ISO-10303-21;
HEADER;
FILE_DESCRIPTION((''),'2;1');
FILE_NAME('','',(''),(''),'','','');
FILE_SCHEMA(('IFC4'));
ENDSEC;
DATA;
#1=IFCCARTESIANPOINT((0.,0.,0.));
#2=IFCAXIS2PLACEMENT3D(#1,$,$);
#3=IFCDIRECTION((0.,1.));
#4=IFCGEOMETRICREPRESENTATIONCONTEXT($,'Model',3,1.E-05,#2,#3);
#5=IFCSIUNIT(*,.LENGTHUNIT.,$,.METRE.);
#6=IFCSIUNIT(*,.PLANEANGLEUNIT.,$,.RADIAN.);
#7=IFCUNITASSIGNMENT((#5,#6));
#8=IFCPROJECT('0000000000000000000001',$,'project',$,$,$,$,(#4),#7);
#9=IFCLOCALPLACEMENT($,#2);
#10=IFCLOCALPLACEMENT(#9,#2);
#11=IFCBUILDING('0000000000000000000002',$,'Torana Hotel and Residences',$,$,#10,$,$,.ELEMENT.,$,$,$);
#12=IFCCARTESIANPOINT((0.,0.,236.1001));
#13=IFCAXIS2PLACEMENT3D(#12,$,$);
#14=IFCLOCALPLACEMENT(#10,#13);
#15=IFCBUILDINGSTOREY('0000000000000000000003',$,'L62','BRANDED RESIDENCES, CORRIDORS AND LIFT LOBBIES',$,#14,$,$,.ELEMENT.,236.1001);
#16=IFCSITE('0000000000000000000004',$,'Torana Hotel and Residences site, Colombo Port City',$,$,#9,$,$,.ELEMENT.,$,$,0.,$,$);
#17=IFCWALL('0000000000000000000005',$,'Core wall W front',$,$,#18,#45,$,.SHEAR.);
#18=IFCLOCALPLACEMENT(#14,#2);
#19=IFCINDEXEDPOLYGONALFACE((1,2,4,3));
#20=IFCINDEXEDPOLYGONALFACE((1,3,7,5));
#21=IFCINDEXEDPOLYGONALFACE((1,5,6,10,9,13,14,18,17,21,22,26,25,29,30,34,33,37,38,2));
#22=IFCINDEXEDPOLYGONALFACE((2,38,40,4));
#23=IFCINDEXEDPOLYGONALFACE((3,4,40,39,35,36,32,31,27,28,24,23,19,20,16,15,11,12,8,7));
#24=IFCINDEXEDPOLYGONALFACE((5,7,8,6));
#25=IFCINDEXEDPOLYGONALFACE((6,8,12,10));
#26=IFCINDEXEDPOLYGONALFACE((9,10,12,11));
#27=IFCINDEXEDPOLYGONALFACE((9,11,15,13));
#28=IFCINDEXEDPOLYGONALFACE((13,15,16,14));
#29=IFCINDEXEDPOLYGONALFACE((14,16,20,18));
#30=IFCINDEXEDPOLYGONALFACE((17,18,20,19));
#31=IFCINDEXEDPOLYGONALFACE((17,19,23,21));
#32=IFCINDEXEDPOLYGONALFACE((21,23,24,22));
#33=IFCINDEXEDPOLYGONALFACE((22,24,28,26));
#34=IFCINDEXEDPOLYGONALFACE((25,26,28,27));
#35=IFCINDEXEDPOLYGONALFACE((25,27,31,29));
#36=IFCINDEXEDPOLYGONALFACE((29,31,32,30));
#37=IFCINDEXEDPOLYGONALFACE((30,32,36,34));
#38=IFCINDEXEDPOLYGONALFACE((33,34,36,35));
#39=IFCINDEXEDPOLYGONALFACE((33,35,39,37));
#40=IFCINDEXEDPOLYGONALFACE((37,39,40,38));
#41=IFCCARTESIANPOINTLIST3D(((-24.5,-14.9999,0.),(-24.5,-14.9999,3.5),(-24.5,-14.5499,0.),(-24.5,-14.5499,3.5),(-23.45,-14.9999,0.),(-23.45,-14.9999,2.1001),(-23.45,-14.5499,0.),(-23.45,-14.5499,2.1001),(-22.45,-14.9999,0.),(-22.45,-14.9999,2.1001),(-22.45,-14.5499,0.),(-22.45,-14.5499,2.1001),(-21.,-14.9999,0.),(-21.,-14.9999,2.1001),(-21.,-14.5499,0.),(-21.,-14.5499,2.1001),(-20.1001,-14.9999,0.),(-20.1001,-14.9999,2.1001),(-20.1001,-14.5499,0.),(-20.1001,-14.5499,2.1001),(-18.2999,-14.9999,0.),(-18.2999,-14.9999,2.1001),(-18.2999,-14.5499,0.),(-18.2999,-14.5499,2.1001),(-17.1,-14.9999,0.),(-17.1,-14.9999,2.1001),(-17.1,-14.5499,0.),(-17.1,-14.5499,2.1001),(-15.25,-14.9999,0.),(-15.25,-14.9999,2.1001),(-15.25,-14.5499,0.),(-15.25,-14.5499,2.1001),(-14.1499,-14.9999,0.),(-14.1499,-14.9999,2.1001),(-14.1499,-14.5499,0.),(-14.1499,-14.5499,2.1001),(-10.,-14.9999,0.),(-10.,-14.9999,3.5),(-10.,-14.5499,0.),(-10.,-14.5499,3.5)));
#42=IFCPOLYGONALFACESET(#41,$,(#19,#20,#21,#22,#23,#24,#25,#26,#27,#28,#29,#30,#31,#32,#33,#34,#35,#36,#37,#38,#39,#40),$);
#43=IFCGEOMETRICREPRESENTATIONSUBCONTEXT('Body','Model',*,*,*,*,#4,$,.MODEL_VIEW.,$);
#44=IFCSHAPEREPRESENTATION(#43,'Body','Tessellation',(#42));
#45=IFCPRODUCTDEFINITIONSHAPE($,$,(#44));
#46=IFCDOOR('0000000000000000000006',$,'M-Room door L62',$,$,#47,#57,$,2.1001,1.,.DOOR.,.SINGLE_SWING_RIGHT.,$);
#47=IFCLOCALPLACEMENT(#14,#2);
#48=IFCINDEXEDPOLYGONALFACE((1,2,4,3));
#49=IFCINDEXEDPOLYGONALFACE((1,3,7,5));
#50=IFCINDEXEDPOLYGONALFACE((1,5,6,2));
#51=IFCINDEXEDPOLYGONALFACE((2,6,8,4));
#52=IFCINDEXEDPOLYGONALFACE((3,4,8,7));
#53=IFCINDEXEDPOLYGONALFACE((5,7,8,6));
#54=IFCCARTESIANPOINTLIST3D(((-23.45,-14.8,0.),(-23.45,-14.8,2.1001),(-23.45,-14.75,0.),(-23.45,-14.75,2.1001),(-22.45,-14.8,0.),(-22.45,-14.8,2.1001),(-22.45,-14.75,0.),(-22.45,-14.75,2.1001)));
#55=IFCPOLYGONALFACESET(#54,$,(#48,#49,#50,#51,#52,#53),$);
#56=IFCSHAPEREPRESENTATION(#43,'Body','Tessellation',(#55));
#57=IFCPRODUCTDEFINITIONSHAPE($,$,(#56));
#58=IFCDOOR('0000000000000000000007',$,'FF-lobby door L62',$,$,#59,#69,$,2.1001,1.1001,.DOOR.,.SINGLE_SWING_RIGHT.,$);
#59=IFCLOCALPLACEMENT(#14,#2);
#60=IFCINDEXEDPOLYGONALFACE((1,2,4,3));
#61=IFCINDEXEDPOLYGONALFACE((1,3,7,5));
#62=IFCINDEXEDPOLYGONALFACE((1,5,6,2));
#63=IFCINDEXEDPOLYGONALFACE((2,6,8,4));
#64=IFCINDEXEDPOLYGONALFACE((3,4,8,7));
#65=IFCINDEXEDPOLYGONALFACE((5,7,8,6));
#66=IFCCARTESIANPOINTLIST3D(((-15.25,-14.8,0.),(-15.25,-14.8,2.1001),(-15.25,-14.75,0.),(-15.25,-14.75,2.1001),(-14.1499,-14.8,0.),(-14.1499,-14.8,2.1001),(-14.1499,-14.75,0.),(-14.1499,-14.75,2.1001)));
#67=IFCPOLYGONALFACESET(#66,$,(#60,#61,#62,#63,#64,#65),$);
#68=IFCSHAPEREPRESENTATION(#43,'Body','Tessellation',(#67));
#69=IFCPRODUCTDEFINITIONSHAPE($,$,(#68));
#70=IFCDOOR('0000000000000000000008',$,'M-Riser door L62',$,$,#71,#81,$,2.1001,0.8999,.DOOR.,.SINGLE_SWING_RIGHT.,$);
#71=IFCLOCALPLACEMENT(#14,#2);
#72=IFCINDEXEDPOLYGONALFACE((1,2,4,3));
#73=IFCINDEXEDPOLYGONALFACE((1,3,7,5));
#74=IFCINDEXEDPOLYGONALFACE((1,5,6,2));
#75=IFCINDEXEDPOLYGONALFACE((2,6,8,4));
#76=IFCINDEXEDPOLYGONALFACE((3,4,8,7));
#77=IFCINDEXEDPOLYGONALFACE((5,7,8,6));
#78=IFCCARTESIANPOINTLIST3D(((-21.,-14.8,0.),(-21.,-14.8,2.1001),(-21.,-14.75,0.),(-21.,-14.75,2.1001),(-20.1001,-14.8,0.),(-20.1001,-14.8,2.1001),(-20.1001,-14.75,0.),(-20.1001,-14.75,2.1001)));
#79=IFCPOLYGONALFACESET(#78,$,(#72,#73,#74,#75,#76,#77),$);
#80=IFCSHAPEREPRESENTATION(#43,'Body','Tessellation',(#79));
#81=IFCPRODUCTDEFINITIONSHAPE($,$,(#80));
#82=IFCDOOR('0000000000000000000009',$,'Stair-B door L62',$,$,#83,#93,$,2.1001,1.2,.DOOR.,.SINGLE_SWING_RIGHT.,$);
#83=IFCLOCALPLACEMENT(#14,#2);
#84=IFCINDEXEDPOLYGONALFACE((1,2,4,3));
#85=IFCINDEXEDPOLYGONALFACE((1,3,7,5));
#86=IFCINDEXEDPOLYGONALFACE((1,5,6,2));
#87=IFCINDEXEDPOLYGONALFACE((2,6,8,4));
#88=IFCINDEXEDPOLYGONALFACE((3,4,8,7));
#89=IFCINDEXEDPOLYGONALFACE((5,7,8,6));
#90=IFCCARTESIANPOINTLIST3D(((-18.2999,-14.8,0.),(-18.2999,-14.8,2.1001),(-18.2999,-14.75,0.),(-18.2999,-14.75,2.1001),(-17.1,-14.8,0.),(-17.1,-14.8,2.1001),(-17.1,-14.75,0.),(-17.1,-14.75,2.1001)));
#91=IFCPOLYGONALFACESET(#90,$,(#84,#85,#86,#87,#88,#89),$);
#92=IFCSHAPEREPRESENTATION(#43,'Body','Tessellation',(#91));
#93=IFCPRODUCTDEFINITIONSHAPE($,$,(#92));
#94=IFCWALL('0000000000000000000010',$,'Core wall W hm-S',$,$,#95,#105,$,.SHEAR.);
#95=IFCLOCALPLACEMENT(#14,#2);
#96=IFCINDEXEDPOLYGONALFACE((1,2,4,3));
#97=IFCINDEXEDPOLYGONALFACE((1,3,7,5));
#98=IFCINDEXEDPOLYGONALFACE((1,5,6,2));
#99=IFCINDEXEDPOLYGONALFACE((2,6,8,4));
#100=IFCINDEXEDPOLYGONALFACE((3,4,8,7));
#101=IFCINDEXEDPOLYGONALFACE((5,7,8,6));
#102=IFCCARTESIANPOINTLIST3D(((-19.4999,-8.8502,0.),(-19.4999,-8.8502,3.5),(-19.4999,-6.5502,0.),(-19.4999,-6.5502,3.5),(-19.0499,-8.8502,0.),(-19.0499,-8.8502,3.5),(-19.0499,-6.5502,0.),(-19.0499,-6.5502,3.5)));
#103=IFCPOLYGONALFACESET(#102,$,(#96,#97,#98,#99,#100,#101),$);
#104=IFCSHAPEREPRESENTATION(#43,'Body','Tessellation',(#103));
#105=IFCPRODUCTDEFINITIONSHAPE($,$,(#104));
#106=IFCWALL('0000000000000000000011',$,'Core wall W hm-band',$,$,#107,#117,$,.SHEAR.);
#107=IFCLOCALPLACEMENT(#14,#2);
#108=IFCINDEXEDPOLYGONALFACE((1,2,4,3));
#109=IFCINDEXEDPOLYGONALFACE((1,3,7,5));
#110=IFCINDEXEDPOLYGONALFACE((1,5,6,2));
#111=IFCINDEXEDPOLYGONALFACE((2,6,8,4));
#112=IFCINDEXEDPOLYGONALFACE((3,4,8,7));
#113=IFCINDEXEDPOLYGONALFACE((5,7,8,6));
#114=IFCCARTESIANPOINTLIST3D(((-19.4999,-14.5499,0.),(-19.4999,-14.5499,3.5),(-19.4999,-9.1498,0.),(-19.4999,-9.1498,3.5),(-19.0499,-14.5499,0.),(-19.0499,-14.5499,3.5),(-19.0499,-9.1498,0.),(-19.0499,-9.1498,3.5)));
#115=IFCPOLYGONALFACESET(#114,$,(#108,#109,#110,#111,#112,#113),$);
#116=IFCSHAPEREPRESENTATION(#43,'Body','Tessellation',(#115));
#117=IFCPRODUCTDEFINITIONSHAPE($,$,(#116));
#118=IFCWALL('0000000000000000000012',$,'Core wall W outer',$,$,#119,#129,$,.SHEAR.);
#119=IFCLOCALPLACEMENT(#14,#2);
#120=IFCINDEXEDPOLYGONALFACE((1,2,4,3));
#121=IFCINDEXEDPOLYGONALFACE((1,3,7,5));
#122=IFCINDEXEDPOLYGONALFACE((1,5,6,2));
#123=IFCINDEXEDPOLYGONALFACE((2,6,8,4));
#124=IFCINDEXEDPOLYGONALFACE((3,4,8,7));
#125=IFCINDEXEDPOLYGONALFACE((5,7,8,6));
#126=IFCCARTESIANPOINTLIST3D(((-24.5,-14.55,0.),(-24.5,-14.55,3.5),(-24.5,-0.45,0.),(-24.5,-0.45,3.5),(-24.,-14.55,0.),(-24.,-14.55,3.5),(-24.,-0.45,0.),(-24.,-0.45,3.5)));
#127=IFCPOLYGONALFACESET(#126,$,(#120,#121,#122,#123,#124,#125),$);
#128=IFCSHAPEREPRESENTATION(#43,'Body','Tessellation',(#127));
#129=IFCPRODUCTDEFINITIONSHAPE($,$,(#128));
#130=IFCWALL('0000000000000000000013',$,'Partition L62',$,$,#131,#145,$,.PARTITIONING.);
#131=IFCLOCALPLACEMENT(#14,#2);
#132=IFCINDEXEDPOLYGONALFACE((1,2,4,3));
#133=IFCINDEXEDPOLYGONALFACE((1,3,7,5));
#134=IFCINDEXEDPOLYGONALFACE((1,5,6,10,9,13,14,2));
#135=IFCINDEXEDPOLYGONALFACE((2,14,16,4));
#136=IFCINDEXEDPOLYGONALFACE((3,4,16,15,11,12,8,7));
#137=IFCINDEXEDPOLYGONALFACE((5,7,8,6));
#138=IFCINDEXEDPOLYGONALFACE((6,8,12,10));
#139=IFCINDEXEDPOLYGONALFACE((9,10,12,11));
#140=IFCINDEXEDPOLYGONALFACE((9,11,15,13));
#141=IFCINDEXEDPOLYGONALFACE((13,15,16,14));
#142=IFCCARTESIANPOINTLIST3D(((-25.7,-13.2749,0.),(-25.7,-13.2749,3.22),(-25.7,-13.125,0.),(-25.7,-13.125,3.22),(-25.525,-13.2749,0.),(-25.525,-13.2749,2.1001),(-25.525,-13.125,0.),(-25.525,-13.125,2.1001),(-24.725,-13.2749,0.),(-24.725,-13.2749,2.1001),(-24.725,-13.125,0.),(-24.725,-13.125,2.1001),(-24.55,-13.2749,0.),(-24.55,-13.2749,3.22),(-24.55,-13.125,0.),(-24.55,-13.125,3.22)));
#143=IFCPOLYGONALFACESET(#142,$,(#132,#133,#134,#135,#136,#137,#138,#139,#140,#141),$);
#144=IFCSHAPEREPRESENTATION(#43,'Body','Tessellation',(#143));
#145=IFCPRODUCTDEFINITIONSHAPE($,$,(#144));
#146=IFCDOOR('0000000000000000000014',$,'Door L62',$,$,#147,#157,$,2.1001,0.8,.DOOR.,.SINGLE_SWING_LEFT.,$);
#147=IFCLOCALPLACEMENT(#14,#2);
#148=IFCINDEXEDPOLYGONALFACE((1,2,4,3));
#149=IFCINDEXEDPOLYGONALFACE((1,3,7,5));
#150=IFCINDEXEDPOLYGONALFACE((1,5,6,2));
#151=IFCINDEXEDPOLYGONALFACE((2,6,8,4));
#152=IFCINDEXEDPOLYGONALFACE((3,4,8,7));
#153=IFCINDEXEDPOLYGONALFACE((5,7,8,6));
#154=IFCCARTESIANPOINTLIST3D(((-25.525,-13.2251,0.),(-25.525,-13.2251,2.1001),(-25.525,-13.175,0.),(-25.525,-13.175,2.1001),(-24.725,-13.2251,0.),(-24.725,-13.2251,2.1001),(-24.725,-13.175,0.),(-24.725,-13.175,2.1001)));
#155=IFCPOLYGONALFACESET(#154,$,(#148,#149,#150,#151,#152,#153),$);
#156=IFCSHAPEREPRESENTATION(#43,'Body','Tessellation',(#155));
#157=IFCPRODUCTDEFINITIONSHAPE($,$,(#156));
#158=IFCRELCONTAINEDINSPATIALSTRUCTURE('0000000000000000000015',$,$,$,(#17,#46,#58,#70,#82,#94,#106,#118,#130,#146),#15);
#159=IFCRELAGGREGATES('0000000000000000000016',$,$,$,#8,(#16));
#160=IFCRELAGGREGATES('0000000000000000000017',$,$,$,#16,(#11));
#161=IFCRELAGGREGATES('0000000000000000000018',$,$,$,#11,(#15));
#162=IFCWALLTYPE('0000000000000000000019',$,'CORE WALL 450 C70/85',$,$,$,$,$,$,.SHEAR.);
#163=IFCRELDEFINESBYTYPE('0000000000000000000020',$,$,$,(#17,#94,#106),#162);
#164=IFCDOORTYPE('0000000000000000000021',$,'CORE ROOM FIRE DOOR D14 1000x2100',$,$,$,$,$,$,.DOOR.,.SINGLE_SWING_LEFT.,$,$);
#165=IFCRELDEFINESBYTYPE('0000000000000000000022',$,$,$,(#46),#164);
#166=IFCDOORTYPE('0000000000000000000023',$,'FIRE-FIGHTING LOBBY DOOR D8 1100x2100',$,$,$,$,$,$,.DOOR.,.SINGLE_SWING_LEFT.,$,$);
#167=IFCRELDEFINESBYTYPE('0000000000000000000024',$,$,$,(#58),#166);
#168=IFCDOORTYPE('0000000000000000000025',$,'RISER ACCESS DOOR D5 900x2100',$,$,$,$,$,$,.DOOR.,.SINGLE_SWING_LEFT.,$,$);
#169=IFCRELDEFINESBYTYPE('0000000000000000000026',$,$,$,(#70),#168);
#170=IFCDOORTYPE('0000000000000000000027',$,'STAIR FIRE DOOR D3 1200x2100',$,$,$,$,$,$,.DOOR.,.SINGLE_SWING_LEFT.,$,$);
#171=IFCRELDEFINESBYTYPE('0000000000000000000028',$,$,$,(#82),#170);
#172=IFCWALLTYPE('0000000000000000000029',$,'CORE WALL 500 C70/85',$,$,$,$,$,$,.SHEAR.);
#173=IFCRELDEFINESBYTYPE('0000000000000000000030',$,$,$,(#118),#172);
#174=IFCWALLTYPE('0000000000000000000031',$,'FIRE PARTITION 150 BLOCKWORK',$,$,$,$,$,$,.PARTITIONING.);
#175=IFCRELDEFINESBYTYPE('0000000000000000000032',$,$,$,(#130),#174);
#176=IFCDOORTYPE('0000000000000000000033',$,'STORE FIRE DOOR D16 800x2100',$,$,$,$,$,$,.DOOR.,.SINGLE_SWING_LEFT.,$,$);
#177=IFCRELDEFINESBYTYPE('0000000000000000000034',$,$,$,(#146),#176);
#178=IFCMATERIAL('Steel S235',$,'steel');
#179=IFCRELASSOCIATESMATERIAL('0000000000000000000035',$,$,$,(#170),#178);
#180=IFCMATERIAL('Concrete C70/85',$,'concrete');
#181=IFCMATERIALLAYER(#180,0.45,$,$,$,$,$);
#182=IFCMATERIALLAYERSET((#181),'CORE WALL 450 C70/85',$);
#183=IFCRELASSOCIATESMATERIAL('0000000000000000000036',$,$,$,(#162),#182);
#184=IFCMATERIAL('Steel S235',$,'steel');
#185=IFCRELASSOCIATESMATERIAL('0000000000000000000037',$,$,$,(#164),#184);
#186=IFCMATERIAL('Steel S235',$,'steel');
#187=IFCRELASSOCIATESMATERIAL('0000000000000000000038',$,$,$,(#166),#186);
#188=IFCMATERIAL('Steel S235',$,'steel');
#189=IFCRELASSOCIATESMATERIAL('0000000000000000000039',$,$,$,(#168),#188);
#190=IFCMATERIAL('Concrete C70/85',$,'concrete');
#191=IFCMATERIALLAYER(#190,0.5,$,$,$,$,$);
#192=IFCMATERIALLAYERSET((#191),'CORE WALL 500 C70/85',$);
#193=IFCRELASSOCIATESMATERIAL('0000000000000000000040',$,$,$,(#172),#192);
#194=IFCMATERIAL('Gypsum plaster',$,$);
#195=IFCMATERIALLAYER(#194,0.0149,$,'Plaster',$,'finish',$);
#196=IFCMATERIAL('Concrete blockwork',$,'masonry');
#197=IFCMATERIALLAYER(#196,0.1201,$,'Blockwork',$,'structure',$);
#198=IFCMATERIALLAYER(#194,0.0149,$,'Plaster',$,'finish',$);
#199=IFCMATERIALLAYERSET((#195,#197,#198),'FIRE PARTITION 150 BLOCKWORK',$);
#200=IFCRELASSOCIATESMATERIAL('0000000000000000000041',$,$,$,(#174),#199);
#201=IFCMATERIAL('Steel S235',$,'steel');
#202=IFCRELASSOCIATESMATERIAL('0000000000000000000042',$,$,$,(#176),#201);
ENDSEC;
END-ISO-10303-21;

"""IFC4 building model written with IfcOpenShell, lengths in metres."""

from ifc_helpers import new_model, si_unit, direction, frame, frame_2d, origin, place, context, subcontext, project, spatial, rectangle, extrude, material, layer, layer_set, type_object, element, fill, save


model = new_model("IFC4")

# Units and contexts
model_context = context("Model", 3, precision=1e-05, world=origin(), true_north=direction((0.0, 1.0)))
body_context = subcontext(model_context, "Body", "Model", "MODEL_VIEW")
ifc_project = project(units=[si_unit("LENGTHUNIT", "METRE"), si_unit("PLANEANGLEUNIT", "RADIAN")], contexts=[model_context])

# Site, building, storey
site_placement = place(None, origin())
site = spatial("IfcSite", under=ifc_project, at=site_placement, Name="Torana Hotel and Residences site, Colombo Port City", CompositionType="ELEMENT", RefElevation=0.0)
building_placement = place(site_placement, origin())
building = spatial("IfcBuilding", under=site, at=building_placement, Name="Torana Hotel and Residences", CompositionType="ELEMENT")
storey_placement = place(building_placement, frame((0.0, 0.0, 236.1001)))
storey = spatial("IfcBuildingStorey", under=building, at=storey_placement, Name="L62", Description="BRANDED RESIDENCES, CORRIDORS AND LIFT LOBBIES", CompositionType="ELEMENT", Elevation=236.1001)

# Shared definitions
ifc_material_1 = material(Name="Steel S235", Category="steel")
door_type_1 = type_object("IfcDoorType", Name="STAIR FIRE DOOR D3 1200x2100", OperationType="SINGLE_SWING_LEFT", PredefinedType="DOOR", material=ifc_material_1)

# Wall, openings, doors
ifc_material_2 = material(Name="Concrete C70/85", Category="concrete")
ifc_layer_1 = layer(ifc_material_2, 0.45)
ifc_layer_set_1 = layer_set([ifc_layer_1], Name="CORE WALL 450 C70/85")
wall_type_1 = type_object("IfcWallType", Name="CORE WALL 450 C70/85", PredefinedType="SHEAR", material=ifc_layer_set_1)
wall_1_placement = place(storey_placement, frame((-24.5, -14.7749, 0.0), z_axis=(0.0, 0.0, 1.0), x_axis=(1.0, 0.0, 0.0)))
wall_1 = element("IfcWall", 1, at=wall_1_placement, inside=storey, type_object=wall_type_1, Name="Core wall W front", PredefinedType="SHEAR", context=body_context, shape_type="SweptSolid", body=[
    extrude(rectangle(XDim=14.5, YDim=0.45, at=frame_2d((7.25, 0.0))), origin(), (0.0, 0.0, 1.0), 3.5),
])
opening_1_placement = place(wall_1_placement, frame((6.2, 0.0, 0.0)))
opening_1 = element("IfcOpeningElement", 2, at=opening_1_placement, cuts=wall_1, PredefinedType="OPENING", context=body_context, shape_type="SweptSolid", body=[
    extrude(rectangle(XDim=1.2, YDim=2.1001, at=frame_2d((0.6001, 1.05))), frame((0.0, 0.2349, 0.0), z_axis=(0.0, -1.0, 0.0), x_axis=(1.0, 0.0, 0.0)), (0.0, 0.0, 1.0), 0.47),
])
opening_2_placement = place(wall_1_placement, frame((9.25, 0.0, 0.0)))
opening_2 = element("IfcOpeningElement", 3, at=opening_2_placement, cuts=wall_1, PredefinedType="OPENING", context=body_context, shape_type="SweptSolid", body=[
    extrude(rectangle(XDim=1.1001, YDim=2.1001, at=frame_2d((0.55, 1.05))), frame((0.0, 0.2349, 0.0), z_axis=(0.0, -1.0, 0.0), x_axis=(1.0, 0.0, 0.0)), (0.0, 0.0, 1.0), 0.47),
])
opening_3_placement = place(wall_1_placement, frame((3.5, 0.0, 0.0)))
opening_3 = element("IfcOpeningElement", 4, at=opening_3_placement, cuts=wall_1, PredefinedType="OPENING", context=body_context, shape_type="SweptSolid", body=[
    extrude(rectangle(XDim=0.8999, YDim=2.1001, at=frame_2d((0.45, 1.05))), frame((0.0, 0.2349, 0.0), z_axis=(0.0, -1.0, 0.0), x_axis=(1.0, 0.0, 0.0)), (0.0, 0.0, 1.0), 0.47),
])
opening_4_placement = place(wall_1_placement, frame((1.05, 0.0, 0.0)))
opening_4 = element("IfcOpeningElement", 5, at=opening_4_placement, cuts=wall_1, PredefinedType="OPENING", context=body_context, shape_type="SweptSolid", body=[
    extrude(rectangle(XDim=1.0, YDim=2.1001, at=frame_2d((0.5, 1.05))), frame((0.0, 0.2349, 0.0), z_axis=(0.0, -1.0, 0.0), x_axis=(1.0, 0.0, 0.0)), (0.0, 0.0, 1.0), 0.47),
])
ifc_material_3 = material(Name="Steel S235", Category="steel")
door_type_2 = type_object("IfcDoorType", Name="CORE ROOM FIRE DOOR D14 1000x2100", OperationType="SINGLE_SWING_LEFT", PredefinedType="DOOR", material=ifc_material_3)
door_1_placement = place(opening_4_placement, origin())
door_1 = element("IfcDoor", 6, at=door_1_placement, inside=storey, type_object=door_type_2, Name="M-Room door L62", OperationType="SINGLE_SWING_RIGHT", OverallHeight=2.1001, OverallWidth=1.0, PredefinedType="DOOR", context=body_context, shape_type="SweptSolid", body=[
    extrude(rectangle(XDim=1.0, YDim=2.1001, at=frame_2d((0.5, 1.05))), frame((0.0, 0.0249, 0.0), z_axis=(0.0, -1.0, 0.0), x_axis=(1.0, 0.0, 0.0)), (0.0, 0.0, 1.0), 0.05),
])
fill(opening_4, door_1)
ifc_material_4 = material(Name="Steel S235", Category="steel")
door_type_3 = type_object("IfcDoorType", Name="FIRE-FIGHTING LOBBY DOOR D8 1100x2100", OperationType="SINGLE_SWING_LEFT", PredefinedType="DOOR", material=ifc_material_4)
door_2_placement = place(opening_2_placement, origin())
door_2 = element("IfcDoor", 7, at=door_2_placement, inside=storey, type_object=door_type_3, Name="FF-lobby door L62", OperationType="SINGLE_SWING_RIGHT", OverallHeight=2.1001, OverallWidth=1.1001, PredefinedType="DOOR", context=body_context, shape_type="SweptSolid", body=[
    extrude(rectangle(XDim=1.1001, YDim=2.1001, at=frame_2d((0.55, 1.05))), frame((0.0, 0.0249, 0.0), z_axis=(0.0, -1.0, 0.0), x_axis=(1.0, 0.0, 0.0)), (0.0, 0.0, 1.0), 0.05),
])
fill(opening_2, door_2)
ifc_material_5 = material(Name="Steel S235", Category="steel")
door_type_4 = type_object("IfcDoorType", Name="RISER ACCESS DOOR D5 900x2100", OperationType="SINGLE_SWING_LEFT", PredefinedType="DOOR", material=ifc_material_5)
door_3_placement = place(opening_3_placement, origin())
door_3 = element("IfcDoor", 8, at=door_3_placement, inside=storey, type_object=door_type_4, Name="M-Riser door L62", OperationType="SINGLE_SWING_RIGHT", OverallHeight=2.1001, OverallWidth=0.8999, PredefinedType="DOOR", context=body_context, shape_type="SweptSolid", body=[
    extrude(rectangle(XDim=0.8999, YDim=2.1001, at=frame_2d((0.45, 1.05))), frame((0.0, 0.0249, 0.0), z_axis=(0.0, -1.0, 0.0), x_axis=(1.0, 0.0, 0.0)), (0.0, 0.0, 1.0), 0.05),
])
fill(opening_3, door_3)
door_4_placement = place(opening_1_placement, origin())
door_4 = element("IfcDoor", 9, at=door_4_placement, inside=storey, type_object=door_type_1, Name="Stair-B door L62", OperationType="SINGLE_SWING_RIGHT", OverallHeight=2.1001, OverallWidth=1.2, PredefinedType="DOOR", context=body_context, shape_type="SweptSolid", body=[
    extrude(rectangle(XDim=1.2, YDim=2.1001, at=frame_2d((0.6001, 1.05))), frame((0.0, 0.0249, 0.0), z_axis=(0.0, -1.0, 0.0), x_axis=(1.0, 0.0, 0.0)), (0.0, 0.0, 1.0), 0.05),
])
fill(opening_1, door_4)

# Walls
wall_2_placement = place(storey_placement, frame((-19.2749, -8.8501, 0.0), z_axis=(0.0, 0.0, 1.0), x_axis=(0.0, 1.0, 0.0)))
element("IfcWall", 10, at=wall_2_placement, inside=storey, type_object=wall_type_1, Name="Core wall W hm-S", PredefinedType="SHEAR", context=body_context, shape_type="SweptSolid", body=[
    extrude(rectangle(XDim=2.3, YDim=0.45, at=frame_2d((1.1499, 0.0))), origin(), (0.0, 0.0, 1.0), 3.5),
])
wall_3_placement = place(storey_placement, frame((-19.2749, -14.55, 0.0), z_axis=(0.0, 0.0, 1.0), x_axis=(0.0, 1.0, 0.0)))
element("IfcWall", 11, at=wall_3_placement, inside=storey, type_object=wall_type_1, Name="Core wall W hm-band", PredefinedType="SHEAR", context=body_context, shape_type="SweptSolid", body=[
    extrude(rectangle(XDim=5.4001, YDim=0.45, at=frame_2d((2.7002, 0.0))), origin(), (0.0, 0.0, 1.0), 3.5),
])
ifc_material_6 = material(Name="Concrete C70/85", Category="concrete")
ifc_layer_2 = layer(ifc_material_6, 0.5)
ifc_layer_set_2 = layer_set([ifc_layer_2], Name="CORE WALL 500 C70/85")
wall_type_2 = type_object("IfcWallType", Name="CORE WALL 500 C70/85", PredefinedType="SHEAR", material=ifc_layer_set_2)
wall_4_placement = place(storey_placement, frame((-24.25, -14.55, 0.0), z_axis=(0.0, 0.0, 1.0), x_axis=(0.0, 1.0, 0.0)))
element("IfcWall", 12, at=wall_4_placement, inside=storey, type_object=wall_type_2, Name="Core wall W outer", PredefinedType="SHEAR", context=body_context, shape_type="SweptSolid", body=[
    extrude(rectangle(XDim=14.1001, YDim=0.5, at=frame_2d((7.05, 0.0))), origin(), (0.0, 0.0, 1.0), 3.5),
])

# Wall, opening, door
ifc_material_7 = material(Name="Gypsum plaster")
ifc_layer_3 = layer(ifc_material_7, 0.0149, Name="Plaster", Category="finish")
ifc_material_8 = material(Name="Concrete blockwork", Category="masonry")
ifc_layer_4 = layer(ifc_material_8, 0.1201, Name="Blockwork", Category="structure")
ifc_layer_5 = layer(ifc_material_7, 0.0149, Name="Plaster", Category="finish")
ifc_layer_set_3 = layer_set([ifc_layer_3, ifc_layer_4, ifc_layer_5], Name="FIRE PARTITION 150 BLOCKWORK")
wall_type_3 = type_object("IfcWallType", Name="FIRE PARTITION 150 BLOCKWORK", PredefinedType="PARTITIONING", material=ifc_layer_set_3)
wall_5_placement = place(storey_placement, frame((-25.7, -13.2, 0.0), z_axis=(0.0, 0.0, 1.0), x_axis=(1.0, 0.0, 0.0)))
wall_5 = element("IfcWall", 13, at=wall_5_placement, inside=storey, type_object=wall_type_3, Name="Partition L62", PredefinedType="PARTITIONING", context=body_context, shape_type="SweptSolid", body=[
    extrude(rectangle(XDim=1.1499, YDim=0.1499, at=frame_2d((0.575, 0.0))), origin(), (0.0, 0.0, 1.0), 3.22),
])
opening_5_placement = place(wall_5_placement, frame((0.175, 0.0, 0.0)))
opening_5 = element("IfcOpeningElement", 14, at=opening_5_placement, cuts=wall_5, PredefinedType="OPENING", context=body_context, shape_type="SweptSolid", body=[
    extrude(rectangle(XDim=0.8, YDim=2.1001, at=frame_2d((0.3999, 1.05))), frame((0.0, 0.085, 0.0), z_axis=(0.0, -1.0, 0.0), x_axis=(1.0, 0.0, 0.0)), (0.0, 0.0, 1.0), 0.1699),
])
ifc_material_9 = material(Name="Steel S235", Category="steel")
door_type_5 = type_object("IfcDoorType", Name="STORE FIRE DOOR D16 800x2100", OperationType="SINGLE_SWING_LEFT", PredefinedType="DOOR", material=ifc_material_9)
door_5_placement = place(opening_5_placement, origin())
door_5 = element("IfcDoor", 15, at=door_5_placement, inside=storey, type_object=door_type_5, Name="Door L62", OperationType="SINGLE_SWING_LEFT", OverallHeight=2.1001, OverallWidth=0.8, PredefinedType="DOOR", context=body_context, shape_type="SweptSolid", body=[
    extrude(rectangle(XDim=0.8, YDim=2.1001, at=frame_2d((0.3999, 1.05))), frame((0.0, 0.0249, 0.0), z_axis=(0.0, -1.0, 0.0), x_axis=(1.0, 0.0, 0.0)), (0.0, 0.0, 1.0), 0.05),
])
fill(opening_5, door_5)

save(model, "model.ifc")
